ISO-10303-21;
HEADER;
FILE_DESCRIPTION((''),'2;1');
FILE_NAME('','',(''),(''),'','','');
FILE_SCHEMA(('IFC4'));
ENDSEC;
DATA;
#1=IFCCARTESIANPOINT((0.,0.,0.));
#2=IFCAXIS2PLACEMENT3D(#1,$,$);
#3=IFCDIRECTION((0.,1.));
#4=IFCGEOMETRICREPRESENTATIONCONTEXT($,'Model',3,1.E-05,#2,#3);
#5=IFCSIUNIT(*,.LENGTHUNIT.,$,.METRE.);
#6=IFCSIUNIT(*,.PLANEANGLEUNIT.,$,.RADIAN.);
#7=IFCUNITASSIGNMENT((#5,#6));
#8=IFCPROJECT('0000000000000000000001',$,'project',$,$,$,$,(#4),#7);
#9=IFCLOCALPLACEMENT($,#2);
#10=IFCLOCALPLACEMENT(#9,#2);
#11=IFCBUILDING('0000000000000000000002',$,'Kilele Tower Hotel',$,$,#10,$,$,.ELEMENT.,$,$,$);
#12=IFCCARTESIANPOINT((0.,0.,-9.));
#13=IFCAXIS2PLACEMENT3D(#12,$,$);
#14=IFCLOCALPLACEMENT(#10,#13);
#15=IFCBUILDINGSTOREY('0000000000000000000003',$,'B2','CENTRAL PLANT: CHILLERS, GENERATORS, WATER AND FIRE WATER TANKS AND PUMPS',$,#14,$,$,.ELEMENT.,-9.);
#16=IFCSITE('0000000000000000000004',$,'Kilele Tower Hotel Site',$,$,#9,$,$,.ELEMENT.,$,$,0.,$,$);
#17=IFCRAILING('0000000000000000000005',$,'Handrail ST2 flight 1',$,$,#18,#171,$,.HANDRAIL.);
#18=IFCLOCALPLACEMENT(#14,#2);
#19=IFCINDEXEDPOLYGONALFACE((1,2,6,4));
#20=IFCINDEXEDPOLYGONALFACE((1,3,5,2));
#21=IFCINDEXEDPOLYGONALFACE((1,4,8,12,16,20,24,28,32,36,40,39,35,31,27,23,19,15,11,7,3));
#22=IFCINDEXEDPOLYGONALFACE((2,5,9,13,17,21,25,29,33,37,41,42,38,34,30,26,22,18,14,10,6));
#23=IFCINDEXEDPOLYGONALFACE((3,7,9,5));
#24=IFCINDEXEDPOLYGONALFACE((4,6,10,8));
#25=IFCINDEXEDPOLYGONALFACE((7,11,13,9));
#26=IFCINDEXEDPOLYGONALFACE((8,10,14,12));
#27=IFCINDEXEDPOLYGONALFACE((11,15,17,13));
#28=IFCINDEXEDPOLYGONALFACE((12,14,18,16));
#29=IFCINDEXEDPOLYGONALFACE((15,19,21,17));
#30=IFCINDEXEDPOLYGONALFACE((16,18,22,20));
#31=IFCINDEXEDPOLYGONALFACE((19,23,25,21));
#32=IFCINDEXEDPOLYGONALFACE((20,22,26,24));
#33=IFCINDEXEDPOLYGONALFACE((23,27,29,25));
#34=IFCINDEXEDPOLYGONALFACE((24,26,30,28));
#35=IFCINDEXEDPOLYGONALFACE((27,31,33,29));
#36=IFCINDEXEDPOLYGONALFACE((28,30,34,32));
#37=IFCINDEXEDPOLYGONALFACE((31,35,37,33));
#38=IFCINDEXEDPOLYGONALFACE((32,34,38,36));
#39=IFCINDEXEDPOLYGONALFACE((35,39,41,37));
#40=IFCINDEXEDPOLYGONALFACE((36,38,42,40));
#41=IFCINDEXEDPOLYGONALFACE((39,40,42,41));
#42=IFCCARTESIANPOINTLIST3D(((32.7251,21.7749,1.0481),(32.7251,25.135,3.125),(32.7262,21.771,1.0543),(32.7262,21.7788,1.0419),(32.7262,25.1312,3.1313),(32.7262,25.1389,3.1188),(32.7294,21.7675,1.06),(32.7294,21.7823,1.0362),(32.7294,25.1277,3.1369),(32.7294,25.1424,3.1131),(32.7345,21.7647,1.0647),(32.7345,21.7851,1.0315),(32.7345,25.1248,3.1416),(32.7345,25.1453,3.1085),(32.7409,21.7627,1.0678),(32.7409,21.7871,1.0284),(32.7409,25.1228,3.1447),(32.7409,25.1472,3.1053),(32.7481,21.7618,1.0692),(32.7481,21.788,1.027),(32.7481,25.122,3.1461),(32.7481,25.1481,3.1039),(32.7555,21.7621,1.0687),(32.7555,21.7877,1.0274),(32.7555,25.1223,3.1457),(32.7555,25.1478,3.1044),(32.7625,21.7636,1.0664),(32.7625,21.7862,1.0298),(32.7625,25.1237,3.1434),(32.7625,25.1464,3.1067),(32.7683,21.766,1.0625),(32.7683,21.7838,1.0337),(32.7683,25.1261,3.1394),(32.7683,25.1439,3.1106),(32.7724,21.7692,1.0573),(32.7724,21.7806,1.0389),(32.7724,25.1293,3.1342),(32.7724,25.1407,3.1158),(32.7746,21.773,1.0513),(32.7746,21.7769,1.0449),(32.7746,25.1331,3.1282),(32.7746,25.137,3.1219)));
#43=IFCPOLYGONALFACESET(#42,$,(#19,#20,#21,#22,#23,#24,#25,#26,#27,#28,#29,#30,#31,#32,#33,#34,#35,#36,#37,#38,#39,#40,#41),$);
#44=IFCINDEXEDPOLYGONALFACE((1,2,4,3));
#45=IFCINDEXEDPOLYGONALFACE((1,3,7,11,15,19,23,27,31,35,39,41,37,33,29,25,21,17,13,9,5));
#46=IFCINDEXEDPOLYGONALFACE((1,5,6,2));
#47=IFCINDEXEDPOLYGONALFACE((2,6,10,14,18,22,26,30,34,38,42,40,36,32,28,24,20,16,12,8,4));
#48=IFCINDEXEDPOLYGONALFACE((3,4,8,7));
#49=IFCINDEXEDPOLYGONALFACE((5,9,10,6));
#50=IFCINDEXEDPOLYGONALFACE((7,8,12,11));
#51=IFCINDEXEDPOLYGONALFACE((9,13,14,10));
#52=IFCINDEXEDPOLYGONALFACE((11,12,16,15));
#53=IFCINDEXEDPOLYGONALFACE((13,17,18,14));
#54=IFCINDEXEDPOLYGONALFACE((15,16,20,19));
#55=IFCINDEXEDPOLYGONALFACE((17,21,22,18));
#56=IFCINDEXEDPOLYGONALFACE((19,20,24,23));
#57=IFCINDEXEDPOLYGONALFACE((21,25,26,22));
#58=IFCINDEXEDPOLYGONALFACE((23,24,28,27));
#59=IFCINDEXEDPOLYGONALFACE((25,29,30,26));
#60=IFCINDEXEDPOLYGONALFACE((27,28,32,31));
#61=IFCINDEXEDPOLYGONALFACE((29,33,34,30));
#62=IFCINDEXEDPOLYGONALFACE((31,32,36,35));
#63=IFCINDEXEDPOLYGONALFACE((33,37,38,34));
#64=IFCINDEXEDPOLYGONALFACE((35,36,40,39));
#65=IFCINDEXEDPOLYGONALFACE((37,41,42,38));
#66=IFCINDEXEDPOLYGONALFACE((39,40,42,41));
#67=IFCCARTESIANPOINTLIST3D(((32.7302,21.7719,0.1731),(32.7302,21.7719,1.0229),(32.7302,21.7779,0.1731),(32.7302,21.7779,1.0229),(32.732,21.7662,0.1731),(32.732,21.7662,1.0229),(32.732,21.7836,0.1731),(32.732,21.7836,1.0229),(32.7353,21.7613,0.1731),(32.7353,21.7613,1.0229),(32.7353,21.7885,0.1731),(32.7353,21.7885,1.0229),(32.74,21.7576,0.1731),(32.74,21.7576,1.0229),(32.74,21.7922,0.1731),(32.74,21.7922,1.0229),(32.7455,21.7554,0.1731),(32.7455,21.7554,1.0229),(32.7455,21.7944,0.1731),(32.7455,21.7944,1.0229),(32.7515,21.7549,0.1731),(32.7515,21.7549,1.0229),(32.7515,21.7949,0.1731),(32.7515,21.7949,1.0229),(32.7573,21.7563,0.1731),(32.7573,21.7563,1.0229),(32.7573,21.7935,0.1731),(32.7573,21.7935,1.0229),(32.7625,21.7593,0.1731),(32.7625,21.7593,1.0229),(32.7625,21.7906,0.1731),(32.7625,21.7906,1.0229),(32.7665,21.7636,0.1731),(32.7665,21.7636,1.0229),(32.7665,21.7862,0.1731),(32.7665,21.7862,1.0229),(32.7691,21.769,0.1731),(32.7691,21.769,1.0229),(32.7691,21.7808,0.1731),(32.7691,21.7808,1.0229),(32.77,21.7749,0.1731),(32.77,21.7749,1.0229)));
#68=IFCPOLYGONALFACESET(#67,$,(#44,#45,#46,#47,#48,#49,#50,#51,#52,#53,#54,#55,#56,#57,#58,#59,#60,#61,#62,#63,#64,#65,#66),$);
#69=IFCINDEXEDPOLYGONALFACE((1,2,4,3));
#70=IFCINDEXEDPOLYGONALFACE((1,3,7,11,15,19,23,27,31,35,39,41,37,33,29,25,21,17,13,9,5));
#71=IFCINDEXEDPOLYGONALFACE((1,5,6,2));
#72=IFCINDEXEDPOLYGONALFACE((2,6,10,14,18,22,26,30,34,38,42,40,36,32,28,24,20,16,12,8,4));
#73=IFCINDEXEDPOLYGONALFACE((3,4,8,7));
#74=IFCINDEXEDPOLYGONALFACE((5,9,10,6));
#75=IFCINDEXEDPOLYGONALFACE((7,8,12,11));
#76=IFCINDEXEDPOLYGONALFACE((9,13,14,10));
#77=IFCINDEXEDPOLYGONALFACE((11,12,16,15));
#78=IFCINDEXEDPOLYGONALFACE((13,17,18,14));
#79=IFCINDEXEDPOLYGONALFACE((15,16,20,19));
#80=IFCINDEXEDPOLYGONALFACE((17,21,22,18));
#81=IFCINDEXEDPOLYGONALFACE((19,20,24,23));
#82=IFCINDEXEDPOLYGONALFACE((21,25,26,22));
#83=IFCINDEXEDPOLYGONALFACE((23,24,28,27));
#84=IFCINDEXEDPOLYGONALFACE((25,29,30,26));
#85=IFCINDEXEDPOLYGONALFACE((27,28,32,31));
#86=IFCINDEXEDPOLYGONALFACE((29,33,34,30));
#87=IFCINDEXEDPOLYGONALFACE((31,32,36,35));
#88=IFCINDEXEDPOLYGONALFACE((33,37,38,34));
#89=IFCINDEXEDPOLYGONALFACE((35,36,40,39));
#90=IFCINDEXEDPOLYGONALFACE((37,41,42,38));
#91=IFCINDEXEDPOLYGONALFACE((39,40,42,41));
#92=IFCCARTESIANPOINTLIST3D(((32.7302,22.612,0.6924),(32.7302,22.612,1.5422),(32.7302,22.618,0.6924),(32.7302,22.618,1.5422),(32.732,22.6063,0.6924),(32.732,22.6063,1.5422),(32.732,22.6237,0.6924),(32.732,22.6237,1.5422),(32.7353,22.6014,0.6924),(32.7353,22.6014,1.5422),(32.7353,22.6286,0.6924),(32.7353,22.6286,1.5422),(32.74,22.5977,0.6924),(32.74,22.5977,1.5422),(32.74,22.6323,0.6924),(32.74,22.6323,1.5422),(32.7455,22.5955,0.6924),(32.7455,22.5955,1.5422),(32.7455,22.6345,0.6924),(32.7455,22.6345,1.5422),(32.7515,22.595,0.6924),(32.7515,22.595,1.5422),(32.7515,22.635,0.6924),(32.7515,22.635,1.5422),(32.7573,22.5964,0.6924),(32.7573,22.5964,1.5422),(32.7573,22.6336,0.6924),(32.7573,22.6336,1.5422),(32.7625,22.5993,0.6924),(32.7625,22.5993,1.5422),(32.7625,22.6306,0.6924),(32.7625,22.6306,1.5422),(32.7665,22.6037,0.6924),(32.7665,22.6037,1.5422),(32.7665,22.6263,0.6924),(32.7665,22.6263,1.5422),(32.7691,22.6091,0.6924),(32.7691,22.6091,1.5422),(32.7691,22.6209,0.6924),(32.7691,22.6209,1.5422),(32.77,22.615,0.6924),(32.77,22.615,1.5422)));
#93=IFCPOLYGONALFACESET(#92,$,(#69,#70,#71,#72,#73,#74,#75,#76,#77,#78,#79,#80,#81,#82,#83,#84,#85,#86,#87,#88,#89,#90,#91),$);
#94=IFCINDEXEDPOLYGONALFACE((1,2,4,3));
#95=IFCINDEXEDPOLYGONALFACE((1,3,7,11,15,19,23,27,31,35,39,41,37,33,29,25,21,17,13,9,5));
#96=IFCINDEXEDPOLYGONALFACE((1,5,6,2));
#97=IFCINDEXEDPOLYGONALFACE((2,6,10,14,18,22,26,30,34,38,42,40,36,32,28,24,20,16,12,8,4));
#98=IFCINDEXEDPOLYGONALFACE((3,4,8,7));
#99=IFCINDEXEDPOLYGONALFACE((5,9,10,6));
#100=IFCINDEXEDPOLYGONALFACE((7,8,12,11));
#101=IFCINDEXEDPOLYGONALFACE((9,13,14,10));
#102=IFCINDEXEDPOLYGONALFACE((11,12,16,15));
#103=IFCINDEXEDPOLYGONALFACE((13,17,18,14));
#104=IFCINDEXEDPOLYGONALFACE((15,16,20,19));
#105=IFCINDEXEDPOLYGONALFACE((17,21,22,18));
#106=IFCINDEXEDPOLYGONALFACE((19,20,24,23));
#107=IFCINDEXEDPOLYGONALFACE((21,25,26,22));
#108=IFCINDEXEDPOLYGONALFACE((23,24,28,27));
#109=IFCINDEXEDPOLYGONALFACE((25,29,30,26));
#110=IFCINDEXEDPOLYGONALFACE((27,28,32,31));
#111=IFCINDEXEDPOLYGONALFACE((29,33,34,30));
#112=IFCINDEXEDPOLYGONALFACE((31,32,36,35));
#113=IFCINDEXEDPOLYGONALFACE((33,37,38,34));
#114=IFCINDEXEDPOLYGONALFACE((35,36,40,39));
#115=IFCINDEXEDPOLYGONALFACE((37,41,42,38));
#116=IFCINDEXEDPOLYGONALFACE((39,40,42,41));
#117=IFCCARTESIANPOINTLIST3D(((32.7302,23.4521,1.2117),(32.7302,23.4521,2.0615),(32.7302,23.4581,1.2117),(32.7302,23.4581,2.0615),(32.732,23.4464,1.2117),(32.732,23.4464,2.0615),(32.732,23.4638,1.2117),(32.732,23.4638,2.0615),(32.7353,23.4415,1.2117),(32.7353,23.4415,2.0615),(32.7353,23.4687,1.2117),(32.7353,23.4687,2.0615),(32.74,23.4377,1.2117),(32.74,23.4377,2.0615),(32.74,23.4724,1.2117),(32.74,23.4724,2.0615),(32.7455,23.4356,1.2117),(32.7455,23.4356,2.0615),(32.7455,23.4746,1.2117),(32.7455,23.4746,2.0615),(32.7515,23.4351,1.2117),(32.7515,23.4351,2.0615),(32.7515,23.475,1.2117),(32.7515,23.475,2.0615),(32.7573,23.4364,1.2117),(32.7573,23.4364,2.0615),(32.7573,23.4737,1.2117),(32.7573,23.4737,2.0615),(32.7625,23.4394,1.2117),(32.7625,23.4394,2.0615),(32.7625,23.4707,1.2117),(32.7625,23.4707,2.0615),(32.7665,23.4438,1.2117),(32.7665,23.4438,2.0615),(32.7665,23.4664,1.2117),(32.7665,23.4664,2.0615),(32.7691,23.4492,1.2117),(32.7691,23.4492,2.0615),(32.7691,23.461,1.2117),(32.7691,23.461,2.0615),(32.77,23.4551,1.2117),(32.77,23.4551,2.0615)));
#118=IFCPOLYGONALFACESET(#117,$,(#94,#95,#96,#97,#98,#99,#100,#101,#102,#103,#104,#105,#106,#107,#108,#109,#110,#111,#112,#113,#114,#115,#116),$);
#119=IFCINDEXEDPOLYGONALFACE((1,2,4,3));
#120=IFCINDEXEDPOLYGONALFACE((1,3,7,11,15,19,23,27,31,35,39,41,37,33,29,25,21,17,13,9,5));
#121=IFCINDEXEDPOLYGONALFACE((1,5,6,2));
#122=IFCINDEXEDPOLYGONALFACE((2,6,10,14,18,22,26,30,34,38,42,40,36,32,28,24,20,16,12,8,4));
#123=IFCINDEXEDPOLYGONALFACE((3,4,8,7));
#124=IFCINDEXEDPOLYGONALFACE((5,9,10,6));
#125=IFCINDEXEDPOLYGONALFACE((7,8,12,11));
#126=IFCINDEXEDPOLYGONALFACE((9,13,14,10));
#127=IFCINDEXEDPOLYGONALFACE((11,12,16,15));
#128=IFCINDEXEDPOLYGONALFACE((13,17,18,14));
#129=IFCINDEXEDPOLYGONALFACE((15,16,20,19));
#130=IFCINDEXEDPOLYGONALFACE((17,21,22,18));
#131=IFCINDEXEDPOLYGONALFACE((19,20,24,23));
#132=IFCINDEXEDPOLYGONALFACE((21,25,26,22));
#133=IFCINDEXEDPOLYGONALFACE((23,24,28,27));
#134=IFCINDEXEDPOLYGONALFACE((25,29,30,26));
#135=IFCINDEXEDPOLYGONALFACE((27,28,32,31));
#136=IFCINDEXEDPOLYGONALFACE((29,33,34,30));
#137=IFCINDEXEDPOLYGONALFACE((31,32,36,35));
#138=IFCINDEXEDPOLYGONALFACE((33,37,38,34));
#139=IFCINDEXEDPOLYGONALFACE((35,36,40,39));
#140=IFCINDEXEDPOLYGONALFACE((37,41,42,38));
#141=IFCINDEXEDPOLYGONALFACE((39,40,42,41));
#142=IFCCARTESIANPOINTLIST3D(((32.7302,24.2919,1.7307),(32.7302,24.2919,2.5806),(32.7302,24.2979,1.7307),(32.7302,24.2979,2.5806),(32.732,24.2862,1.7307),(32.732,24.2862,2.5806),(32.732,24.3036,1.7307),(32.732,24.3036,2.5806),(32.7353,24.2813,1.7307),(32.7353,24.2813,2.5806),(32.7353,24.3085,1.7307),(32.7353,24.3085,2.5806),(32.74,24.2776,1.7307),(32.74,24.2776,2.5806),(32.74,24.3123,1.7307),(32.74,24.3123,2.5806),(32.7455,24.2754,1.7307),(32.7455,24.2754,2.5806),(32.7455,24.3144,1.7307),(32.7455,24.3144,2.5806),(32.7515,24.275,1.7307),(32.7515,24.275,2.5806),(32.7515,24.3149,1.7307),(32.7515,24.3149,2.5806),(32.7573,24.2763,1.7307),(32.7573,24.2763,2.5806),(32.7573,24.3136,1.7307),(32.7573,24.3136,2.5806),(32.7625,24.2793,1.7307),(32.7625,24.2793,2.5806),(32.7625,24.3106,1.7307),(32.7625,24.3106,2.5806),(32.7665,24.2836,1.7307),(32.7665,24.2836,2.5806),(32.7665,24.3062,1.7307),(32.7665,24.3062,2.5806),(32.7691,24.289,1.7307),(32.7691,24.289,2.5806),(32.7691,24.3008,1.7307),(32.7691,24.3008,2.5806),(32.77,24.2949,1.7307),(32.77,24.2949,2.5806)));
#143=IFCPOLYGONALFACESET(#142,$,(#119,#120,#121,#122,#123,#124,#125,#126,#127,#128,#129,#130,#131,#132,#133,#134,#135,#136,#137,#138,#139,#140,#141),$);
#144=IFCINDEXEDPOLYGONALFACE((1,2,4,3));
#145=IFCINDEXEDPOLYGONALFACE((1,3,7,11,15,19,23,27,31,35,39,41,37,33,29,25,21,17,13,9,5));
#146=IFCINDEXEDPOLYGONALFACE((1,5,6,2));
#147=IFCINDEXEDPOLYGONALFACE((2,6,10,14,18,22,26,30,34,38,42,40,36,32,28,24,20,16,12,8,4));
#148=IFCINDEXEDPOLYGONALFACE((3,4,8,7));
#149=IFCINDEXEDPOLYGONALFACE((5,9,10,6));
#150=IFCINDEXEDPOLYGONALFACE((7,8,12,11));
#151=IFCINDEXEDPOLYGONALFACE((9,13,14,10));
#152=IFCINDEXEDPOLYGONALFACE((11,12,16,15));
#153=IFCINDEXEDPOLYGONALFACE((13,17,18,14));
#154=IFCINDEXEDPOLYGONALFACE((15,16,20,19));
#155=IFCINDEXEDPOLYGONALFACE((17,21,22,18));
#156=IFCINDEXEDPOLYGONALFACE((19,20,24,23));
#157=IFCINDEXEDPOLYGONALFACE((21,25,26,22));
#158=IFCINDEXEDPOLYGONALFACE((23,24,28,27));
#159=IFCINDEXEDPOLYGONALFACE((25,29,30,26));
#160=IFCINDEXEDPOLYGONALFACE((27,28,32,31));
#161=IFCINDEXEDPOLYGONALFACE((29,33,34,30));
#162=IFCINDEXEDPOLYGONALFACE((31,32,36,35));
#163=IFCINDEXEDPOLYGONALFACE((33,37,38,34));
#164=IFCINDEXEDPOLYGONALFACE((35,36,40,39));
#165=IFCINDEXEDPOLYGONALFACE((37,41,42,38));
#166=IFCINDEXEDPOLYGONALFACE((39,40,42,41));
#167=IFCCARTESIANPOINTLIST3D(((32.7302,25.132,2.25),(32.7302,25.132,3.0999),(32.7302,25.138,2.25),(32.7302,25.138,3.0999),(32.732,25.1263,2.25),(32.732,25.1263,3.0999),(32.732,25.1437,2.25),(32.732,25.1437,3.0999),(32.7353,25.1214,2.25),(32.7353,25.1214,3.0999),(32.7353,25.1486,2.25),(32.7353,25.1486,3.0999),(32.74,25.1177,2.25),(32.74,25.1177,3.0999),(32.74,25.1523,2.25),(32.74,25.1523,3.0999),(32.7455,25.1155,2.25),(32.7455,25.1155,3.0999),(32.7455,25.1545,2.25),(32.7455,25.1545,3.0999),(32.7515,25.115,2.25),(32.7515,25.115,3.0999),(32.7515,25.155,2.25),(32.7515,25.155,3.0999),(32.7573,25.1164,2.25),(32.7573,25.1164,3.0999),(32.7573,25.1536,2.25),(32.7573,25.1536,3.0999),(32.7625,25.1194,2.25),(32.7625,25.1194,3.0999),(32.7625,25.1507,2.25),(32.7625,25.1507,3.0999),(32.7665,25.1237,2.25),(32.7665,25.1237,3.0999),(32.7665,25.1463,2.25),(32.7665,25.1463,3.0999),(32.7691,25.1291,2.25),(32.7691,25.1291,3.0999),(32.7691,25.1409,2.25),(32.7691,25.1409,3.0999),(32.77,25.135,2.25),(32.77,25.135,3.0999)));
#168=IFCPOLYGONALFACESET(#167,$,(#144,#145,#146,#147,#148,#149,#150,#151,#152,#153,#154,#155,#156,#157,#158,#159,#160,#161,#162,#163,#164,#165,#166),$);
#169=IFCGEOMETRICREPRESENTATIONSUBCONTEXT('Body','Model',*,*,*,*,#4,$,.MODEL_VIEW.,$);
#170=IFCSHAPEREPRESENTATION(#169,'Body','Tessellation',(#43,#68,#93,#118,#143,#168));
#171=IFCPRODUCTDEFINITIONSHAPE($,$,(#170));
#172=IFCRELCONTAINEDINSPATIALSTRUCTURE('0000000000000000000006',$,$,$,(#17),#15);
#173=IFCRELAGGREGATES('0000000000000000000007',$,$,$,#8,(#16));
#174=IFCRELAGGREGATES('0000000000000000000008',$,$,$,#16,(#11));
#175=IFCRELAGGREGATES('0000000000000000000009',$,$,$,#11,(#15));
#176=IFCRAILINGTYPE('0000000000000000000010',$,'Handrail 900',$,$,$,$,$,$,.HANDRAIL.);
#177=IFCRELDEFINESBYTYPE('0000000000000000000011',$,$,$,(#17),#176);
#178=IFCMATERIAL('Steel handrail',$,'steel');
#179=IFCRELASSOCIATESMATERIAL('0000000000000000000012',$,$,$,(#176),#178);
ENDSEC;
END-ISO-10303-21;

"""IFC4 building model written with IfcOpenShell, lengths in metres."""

from ifc_helpers import new_model, si_unit, direction, frame, origin, origin_2d, place, context, subcontext, project, spatial, circle, extrude, material, type_object, element, save


model = new_model("IFC4")

# Units and contexts
model_context = context("Model", 3, precision=1e-05, world=origin(), true_north=direction((0.0, 1.0)))
body_context = subcontext(model_context, "Body", "Model", "MODEL_VIEW")
ifc_project = project(units=[si_unit("LENGTHUNIT", "METRE"), si_unit("PLANEANGLEUNIT", "RADIAN")], contexts=[model_context])

# Site, building, storey
site_placement = place(None, origin())
site = spatial("IfcSite", under=ifc_project, at=site_placement, Name="Kilele Tower Hotel Site", CompositionType="ELEMENT", RefElevation=0.0)
building_placement = place(site_placement, origin())
building = spatial("IfcBuilding", under=site, at=building_placement, Name="Kilele Tower Hotel", CompositionType="ELEMENT")
storey_placement = place(building_placement, frame((0.0, 0.0, -9.0)))
storey = spatial("IfcBuildingStorey", under=building, at=storey_placement, Name="B2", Description="CENTRAL PLANT: CHILLERS, GENERATORS, WATER AND FIRE WATER TANKS AND PUMPS", CompositionType="ELEMENT", Elevation=-9.0)

# Railing
ifc_material_1 = material(Name="Steel handrail", Category="steel")
railing_type_1 = type_object("IfcRailingType", Name="Handrail 900", PredefinedType="HANDRAIL", material=ifc_material_1)
for number, where, name in (
    (1, (32.75, 21.7749, 0.1731), "Handrail ST2 flight 1"),
):
    element("IfcRailing", number, at=place(storey_placement, frame(where)), inside=storey, type_object=railing_type_1, Name=name, PredefinedType="HANDRAIL", context=body_context, shape_type="SweptSolid", body=[
        extrude(circle(Radius=0.0249, at=origin_2d()), frame((0.0, 0.0, 0.875), z_axis=(0.0, 0.850623, 0.525776), x_axis=(-1.0, 0.0, 0.0)), (0.0, 0.0, 1.0), 3.9502),
        extrude(circle(Radius=0.02, at=origin_2d()), origin(), (0.0, 0.0, 1.0), 0.8499),
        extrude(circle(Radius=0.02, at=origin_2d()), frame((0.0, 0.8401, 0.5193)), (0.0, 0.0, 1.0), 0.8499),
        extrude(circle(Radius=0.02, at=origin_2d()), frame((0.0, 1.6802, 1.0386)), (0.0, 0.0, 1.0), 0.8499),
        extrude(circle(Radius=0.02, at=origin_2d()), frame((0.0, 2.52, 1.5576)), (0.0, 0.0, 1.0), 0.8499),
        extrude(circle(Radius=0.02, at=origin_2d()), frame((0.0, 3.3601, 2.0769)), (0.0, 0.0, 1.0), 0.8499),
    ])

save(model, "model.ifc")
